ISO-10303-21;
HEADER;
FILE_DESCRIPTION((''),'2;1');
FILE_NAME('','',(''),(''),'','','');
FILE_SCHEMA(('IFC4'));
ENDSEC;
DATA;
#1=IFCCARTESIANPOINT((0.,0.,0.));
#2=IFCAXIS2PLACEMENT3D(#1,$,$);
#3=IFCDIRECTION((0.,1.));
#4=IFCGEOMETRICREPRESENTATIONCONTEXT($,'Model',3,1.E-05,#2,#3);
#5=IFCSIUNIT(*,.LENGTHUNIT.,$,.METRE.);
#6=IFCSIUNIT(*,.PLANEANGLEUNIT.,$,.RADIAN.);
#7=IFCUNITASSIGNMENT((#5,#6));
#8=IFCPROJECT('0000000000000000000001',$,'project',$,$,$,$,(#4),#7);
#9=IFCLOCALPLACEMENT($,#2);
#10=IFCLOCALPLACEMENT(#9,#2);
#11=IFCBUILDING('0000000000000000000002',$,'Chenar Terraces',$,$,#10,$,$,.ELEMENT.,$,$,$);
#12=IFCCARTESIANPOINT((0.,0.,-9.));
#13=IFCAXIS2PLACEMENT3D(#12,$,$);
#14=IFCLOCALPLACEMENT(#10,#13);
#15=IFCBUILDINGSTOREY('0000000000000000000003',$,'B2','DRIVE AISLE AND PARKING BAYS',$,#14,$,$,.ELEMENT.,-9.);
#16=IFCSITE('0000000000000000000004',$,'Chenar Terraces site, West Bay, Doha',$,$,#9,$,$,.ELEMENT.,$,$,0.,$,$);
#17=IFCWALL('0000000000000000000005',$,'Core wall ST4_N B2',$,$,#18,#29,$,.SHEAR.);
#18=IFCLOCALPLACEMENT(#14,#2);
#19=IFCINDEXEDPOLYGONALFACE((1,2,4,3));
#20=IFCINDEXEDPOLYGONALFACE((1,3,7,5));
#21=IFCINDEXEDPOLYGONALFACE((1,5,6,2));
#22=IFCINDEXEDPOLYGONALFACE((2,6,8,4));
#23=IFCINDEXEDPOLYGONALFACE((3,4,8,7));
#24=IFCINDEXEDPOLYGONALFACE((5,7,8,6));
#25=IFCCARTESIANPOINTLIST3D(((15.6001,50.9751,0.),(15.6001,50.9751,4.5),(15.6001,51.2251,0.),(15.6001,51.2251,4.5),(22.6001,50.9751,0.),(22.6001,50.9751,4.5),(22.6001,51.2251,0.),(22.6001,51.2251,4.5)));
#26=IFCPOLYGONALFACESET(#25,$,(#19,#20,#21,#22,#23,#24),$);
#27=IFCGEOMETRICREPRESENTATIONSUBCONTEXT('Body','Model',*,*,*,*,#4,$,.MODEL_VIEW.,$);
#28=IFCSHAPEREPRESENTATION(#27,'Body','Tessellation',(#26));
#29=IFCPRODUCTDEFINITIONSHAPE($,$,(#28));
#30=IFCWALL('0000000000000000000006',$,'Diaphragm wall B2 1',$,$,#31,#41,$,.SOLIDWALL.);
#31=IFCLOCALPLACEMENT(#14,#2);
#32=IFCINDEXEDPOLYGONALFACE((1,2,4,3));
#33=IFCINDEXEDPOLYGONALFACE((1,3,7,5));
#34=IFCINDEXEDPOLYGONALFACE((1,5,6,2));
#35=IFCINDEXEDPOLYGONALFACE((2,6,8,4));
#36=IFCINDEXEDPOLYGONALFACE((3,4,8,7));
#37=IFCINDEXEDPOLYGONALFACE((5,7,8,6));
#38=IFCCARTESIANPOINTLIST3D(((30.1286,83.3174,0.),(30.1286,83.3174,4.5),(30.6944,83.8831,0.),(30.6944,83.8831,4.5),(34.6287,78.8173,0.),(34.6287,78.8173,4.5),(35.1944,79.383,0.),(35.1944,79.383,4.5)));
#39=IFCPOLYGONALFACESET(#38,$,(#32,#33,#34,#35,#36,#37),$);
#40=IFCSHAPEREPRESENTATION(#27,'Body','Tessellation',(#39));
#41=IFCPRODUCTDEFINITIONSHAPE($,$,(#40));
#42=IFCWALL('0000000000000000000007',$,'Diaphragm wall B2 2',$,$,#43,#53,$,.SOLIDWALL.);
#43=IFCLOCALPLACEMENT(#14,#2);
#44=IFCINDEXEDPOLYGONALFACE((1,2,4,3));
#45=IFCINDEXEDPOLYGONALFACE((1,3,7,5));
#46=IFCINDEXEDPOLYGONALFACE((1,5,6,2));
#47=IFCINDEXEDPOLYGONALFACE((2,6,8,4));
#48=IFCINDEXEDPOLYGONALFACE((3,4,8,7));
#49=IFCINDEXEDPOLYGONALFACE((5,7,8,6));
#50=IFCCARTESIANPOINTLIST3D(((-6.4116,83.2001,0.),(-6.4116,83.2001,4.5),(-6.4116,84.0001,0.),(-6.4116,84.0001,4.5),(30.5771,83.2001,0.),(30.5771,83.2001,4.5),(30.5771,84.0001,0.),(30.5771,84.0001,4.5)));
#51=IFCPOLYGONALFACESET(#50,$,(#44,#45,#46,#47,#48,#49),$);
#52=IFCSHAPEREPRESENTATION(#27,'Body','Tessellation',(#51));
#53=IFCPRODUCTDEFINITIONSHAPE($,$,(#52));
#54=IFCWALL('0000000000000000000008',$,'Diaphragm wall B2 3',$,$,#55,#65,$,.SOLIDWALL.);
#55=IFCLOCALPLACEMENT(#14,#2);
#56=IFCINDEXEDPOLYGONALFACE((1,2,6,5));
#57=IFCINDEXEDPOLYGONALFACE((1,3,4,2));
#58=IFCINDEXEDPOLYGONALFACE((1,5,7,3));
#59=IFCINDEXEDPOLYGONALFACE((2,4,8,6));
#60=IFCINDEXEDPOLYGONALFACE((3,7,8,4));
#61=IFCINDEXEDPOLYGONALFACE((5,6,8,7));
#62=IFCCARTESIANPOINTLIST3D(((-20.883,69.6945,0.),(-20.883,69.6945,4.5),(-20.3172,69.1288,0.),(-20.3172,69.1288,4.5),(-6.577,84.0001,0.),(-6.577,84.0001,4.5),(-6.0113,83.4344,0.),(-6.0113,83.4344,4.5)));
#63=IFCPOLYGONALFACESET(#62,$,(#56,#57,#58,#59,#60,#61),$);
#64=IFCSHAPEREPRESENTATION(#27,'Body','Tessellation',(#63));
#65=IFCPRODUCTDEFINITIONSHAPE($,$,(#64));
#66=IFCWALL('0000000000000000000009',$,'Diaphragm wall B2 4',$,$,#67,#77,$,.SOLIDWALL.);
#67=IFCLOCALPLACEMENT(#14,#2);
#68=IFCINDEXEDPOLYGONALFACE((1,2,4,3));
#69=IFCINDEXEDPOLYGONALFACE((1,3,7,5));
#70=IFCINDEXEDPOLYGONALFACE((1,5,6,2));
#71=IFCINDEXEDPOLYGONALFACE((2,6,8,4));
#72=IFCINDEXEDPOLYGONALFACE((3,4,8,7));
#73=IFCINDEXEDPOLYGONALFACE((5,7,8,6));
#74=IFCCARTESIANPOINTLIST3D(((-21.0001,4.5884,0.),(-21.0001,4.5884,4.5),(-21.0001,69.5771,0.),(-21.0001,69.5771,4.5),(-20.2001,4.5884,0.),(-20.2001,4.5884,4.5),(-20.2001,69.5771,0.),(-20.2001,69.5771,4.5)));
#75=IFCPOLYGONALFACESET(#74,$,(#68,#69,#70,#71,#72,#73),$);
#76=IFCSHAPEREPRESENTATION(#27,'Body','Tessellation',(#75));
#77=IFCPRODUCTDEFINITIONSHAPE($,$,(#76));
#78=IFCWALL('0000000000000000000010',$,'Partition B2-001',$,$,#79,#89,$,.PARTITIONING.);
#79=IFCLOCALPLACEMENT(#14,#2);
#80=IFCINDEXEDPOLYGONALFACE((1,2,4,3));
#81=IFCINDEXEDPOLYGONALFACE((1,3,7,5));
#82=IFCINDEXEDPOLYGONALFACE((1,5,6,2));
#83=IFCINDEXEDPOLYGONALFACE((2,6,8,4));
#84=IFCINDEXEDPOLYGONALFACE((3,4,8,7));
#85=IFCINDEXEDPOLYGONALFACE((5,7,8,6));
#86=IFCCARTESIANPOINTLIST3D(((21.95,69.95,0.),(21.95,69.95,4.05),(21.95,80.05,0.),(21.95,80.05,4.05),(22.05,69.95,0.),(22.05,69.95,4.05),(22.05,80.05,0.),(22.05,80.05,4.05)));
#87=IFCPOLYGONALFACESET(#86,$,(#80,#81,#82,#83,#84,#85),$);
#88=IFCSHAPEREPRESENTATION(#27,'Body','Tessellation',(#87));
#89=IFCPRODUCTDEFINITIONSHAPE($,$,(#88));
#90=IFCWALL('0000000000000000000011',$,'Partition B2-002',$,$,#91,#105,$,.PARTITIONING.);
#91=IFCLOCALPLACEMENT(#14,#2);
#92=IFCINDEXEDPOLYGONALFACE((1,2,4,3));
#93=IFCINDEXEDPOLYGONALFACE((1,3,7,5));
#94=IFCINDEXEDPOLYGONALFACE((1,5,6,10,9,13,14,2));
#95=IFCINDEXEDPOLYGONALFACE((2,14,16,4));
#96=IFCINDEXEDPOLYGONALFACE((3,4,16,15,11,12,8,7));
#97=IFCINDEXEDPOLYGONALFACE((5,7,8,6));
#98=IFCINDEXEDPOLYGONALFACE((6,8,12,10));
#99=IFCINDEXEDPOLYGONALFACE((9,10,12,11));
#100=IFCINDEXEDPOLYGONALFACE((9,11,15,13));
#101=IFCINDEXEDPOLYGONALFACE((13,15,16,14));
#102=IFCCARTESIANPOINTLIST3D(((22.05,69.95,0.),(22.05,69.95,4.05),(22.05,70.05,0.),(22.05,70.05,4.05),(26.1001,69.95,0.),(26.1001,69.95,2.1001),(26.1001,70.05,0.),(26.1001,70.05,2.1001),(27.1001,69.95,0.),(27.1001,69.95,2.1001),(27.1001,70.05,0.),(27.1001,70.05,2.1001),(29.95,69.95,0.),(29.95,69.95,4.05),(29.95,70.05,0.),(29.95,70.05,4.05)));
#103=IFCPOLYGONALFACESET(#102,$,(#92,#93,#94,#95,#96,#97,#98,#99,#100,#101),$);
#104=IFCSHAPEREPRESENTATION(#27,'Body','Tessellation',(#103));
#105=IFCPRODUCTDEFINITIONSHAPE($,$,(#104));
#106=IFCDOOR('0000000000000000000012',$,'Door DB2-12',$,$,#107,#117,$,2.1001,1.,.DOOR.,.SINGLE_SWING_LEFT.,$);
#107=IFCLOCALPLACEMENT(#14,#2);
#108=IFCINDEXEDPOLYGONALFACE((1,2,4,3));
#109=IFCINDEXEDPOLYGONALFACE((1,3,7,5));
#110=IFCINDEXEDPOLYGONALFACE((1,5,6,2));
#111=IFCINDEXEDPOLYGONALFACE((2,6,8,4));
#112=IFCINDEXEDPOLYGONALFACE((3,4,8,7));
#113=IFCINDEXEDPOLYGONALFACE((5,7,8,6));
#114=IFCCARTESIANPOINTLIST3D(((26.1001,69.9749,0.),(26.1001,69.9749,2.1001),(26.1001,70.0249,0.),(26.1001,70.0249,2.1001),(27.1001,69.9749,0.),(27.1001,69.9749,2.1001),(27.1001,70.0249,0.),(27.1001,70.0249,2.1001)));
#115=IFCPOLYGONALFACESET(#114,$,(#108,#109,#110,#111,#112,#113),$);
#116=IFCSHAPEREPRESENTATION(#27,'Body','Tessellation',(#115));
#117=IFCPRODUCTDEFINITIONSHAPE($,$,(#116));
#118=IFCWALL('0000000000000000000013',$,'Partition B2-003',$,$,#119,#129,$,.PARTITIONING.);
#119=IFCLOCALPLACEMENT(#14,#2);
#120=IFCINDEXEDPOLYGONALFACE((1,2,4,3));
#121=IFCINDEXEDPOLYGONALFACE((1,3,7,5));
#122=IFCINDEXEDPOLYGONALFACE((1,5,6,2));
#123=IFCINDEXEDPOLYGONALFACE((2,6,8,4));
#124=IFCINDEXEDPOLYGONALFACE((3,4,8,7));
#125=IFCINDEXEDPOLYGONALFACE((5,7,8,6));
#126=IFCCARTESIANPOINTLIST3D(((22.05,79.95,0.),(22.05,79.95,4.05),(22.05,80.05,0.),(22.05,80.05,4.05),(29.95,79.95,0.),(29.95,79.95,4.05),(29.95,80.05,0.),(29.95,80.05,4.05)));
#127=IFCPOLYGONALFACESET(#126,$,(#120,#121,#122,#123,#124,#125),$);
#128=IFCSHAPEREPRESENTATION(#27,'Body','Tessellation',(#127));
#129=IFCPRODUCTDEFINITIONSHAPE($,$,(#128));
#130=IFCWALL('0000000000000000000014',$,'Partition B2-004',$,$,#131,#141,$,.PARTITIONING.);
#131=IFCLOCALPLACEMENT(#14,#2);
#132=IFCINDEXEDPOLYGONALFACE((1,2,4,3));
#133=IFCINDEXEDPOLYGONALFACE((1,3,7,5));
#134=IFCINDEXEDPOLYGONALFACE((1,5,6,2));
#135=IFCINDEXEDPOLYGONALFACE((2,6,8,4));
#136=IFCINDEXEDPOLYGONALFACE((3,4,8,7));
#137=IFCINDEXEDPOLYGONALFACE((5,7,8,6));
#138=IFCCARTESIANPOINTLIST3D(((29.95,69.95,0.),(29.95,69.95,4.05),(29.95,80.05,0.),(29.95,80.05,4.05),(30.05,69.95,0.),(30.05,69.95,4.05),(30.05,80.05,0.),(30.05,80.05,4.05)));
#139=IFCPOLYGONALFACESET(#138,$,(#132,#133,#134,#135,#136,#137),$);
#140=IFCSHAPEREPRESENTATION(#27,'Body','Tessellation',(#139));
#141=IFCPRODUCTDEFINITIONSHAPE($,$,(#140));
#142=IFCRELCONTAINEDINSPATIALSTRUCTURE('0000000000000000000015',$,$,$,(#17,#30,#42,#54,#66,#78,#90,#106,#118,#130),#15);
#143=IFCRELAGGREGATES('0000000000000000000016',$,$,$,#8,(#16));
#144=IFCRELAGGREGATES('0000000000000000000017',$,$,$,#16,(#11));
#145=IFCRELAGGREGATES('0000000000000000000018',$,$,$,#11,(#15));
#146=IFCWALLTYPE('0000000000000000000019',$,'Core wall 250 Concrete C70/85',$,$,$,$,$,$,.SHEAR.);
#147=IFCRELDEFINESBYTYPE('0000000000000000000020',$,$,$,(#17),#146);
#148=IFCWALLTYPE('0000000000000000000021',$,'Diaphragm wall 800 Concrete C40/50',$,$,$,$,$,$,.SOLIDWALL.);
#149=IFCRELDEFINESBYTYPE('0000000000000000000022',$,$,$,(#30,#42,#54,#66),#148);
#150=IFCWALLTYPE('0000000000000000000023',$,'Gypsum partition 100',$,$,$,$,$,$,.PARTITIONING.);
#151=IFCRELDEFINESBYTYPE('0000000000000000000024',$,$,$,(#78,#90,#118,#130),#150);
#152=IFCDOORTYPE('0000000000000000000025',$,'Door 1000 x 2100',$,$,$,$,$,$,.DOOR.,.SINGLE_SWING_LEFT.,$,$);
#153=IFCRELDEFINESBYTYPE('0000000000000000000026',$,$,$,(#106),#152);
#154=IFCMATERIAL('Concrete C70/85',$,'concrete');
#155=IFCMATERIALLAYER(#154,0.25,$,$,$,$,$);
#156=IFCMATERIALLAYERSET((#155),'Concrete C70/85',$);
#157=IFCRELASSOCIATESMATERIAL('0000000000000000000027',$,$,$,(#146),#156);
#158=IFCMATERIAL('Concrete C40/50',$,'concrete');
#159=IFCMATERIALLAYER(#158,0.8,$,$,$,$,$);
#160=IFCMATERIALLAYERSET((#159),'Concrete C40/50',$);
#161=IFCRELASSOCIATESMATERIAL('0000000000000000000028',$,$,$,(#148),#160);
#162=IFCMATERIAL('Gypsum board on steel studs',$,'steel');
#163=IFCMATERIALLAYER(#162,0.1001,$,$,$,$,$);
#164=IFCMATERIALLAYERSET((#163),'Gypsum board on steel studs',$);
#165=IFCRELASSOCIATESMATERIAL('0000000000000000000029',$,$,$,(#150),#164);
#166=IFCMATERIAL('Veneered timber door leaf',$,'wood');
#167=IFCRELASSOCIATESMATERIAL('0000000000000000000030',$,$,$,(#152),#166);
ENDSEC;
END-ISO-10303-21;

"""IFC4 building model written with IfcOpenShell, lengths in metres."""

from ifc_helpers import new_model, si_unit, direction, frame, frame_2d, origin, place, context, subcontext, project, spatial, rectangle, extrude, material, layer, layer_set, type_object, element, fill, save


model = new_model("IFC4")

# Units and contexts
model_context = context("Model", 3, precision=1e-05, world=origin(), true_north=direction((0.0, 1.0)))
body_context = subcontext(model_context, "Body", "Model", "MODEL_VIEW")
ifc_project = project(units=[si_unit("LENGTHUNIT", "METRE"), si_unit("PLANEANGLEUNIT", "RADIAN")], contexts=[model_context])

# Site, building, storey
site_placement = place(None, origin())
site = spatial("IfcSite", under=ifc_project, at=site_placement, Name="Chenar Terraces site, West Bay, Doha", CompositionType="ELEMENT", RefElevation=0.0)
building_placement = place(site_placement, origin())
building = spatial("IfcBuilding", under=site, at=building_placement, Name="Chenar Terraces", CompositionType="ELEMENT")
storey_placement = place(building_placement, frame((0.0, 0.0, -9.0)))
storey = spatial("IfcBuildingStorey", under=building, at=storey_placement, Name="B2", Description="DRIVE AISLE AND PARKING BAYS", CompositionType="ELEMENT", Elevation=-9.0)

# Walls
ifc_material_1 = material(Name="Concrete C70/85", Category="concrete")
ifc_layer_1 = layer(ifc_material_1, 0.25)
ifc_layer_set_1 = layer_set([ifc_layer_1], Name="Concrete C70/85")
wall_type_1 = type_object("IfcWallType", Name="Core wall 250 Concrete C70/85", PredefinedType="SHEAR", material=ifc_layer_set_1)
wall_1_placement = place(storey_placement, frame((15.6001, 51.1001, 0.0), z_axis=(0.0, 0.0, 1.0), x_axis=(1.0, 0.0, 0.0)))
element("IfcWall", 1, at=wall_1_placement, inside=storey, type_object=wall_type_1, Name="Core wall ST4_N B2", PredefinedType="SHEAR", context=body_context, shape_type="SweptSolid", body=[
    extrude(rectangle(XDim=7.0, YDim=0.25, at=frame_2d((3.5, 0.0))), origin(), (0.0, 0.0, 1.0), 4.5),
])
ifc_material_2 = material(Name="Concrete C40/50", Category="concrete")
ifc_layer_2 = layer(ifc_material_2, 0.8)
ifc_layer_set_2 = layer_set([ifc_layer_2], Name="Concrete C40/50")
wall_type_2 = type_object("IfcWallType", Name="Diaphragm wall 800 Concrete C40/50", PredefinedType="SOLIDWALL", material=ifc_layer_set_2)
wall_2_placement = place(storey_placement, frame((34.9116, 79.1001, 0.0), z_axis=(0.0, 0.0, 1.0), x_axis=(-0.707107, 0.707107, 0.0)))
element("IfcWall", 2, at=wall_2_placement, inside=storey, type_object=wall_type_2, Name="Diaphragm wall B2 1", PredefinedType="SOLIDWALL", context=body_context, shape_type="SweptSolid", body=[
    extrude(rectangle(XDim=6.364, YDim=0.8, at=frame_2d((3.1821, 0.0))), origin(), (0.0, 0.0, 1.0), 4.5),
])
wall_3_placement = place(storey_placement, frame((30.5771, 83.6001, 0.0), z_axis=(0.0, 0.0, 1.0), x_axis=(-1.0, 0.0, 0.0)))
element("IfcWall", 3, at=wall_3_placement, inside=storey, type_object=wall_type_2, Name="Diaphragm wall B2 2", PredefinedType="SOLIDWALL", context=body_context, shape_type="SweptSolid", body=[
    extrude(rectangle(XDim=36.9888, YDim=0.8, at=frame_2d((18.4944, 0.0))), origin(), (0.0, 0.0, 1.0), 4.5),
])
wall_4_placement = place(storey_placement, frame((-6.2942, 83.7173, 0.0), z_axis=(0.0, 0.0, 1.0), x_axis=(-0.707113, -0.707101, 0.0)))
element("IfcWall", 4, at=wall_4_placement, inside=storey, type_object=wall_type_2, Name="Diaphragm wall B2 3", PredefinedType="SOLIDWALL", context=body_context, shape_type="SweptSolid", body=[
    extrude(rectangle(XDim=20.2314, YDim=0.8, at=frame_2d((10.1157, 0.0))), origin(), (0.0, 0.0, 1.0), 4.5),
])
wall_5_placement = place(storey_placement, frame((-20.6001, 69.5771, 0.0), z_axis=(0.0, 0.0, 1.0), x_axis=(0.0, -1.0, 0.0)))
element("IfcWall", 5, at=wall_5_placement, inside=storey, type_object=wall_type_2, Name="Diaphragm wall B2 4", PredefinedType="SOLIDWALL", context=body_context, shape_type="SweptSolid", body=[
    extrude(rectangle(XDim=64.9888, YDim=0.8, at=frame_2d((32.4944, 0.0))), origin(), (0.0, 0.0, 1.0), 4.5),
])
ifc_material_3 = material(Name="Gypsum board on steel studs", Category="steel")
ifc_layer_3 = layer(ifc_material_3, 0.1001)
ifc_layer_set_3 = layer_set([ifc_layer_3], Name="Gypsum board on steel studs")
wall_type_3 = type_object("IfcWallType", Name="Gypsum partition 100", PredefinedType="PARTITIONING", material=ifc_layer_set_3)
wall_6_placement = place(storey_placement, frame((22.0, 69.95, 0.0), z_axis=(0.0, 0.0, 1.0), x_axis=(0.0, 1.0, 0.0)))
element("IfcWall", 6, at=wall_6_placement, inside=storey, type_object=wall_type_3, Name="Partition B2-001", PredefinedType="PARTITIONING", context=body_context, shape_type="SweptSolid", body=[
    extrude(rectangle(XDim=10.1001, YDim=0.1001, at=frame_2d((5.05, 0.0))), origin(), (0.0, 0.0, 1.0), 4.05),
])

# Wall, opening, door
wall_7_placement = place(storey_placement, frame((22.05, 70.0, 0.0), z_axis=(0.0, 0.0, 1.0), x_axis=(1.0, 0.0, 0.0)))
wall_7 = element("IfcWall", 7, at=wall_7_placement, inside=storey, type_object=wall_type_3, Name="Partition B2-002", PredefinedType="PARTITIONING", context=body_context, shape_type="SweptSolid", body=[
    extrude(rectangle(XDim=7.8999, YDim=0.1001, at=frame_2d((3.95, 0.0))), origin(), (0.0, 0.0, 1.0), 4.05),
])
opening_placement = place(wall_7_placement, frame((4.05, 0.0, 0.0)))
opening = element("IfcOpeningElement", 8, at=opening_placement, cuts=wall_7, PredefinedType="OPENING", context=body_context, shape_type="SweptSolid", body=[
    extrude(rectangle(XDim=1.0, YDim=2.1001, at=frame_2d((0.5, 1.05))), frame((0.0, 0.0601, 0.0), z_axis=(0.0, -1.0, 0.0), x_axis=(1.0, 0.0, 0.0)), (0.0, 0.0, 1.0), 0.1201),
])
ifc_material_4 = material(Name="Veneered timber door leaf", Category="wood")
door_type = type_object("IfcDoorType", Name="Door 1000 x 2100", OperationType="SINGLE_SWING_LEFT", PredefinedType="DOOR", material=ifc_material_4)
door_placement = place(opening_placement, origin())
door = element("IfcDoor", 9, at=door_placement, inside=storey, type_object=door_type, Name="Door DB2-12", OperationType="SINGLE_SWING_LEFT", OverallHeight=2.1001, OverallWidth=1.0, PredefinedType="DOOR", context=body_context, shape_type="SweptSolid", body=[
    extrude(rectangle(XDim=1.0, YDim=2.1001, at=frame_2d((0.5, 1.05))), frame((0.0, 0.0249, 0.0), z_axis=(0.0, -1.0, 0.0), x_axis=(1.0, 0.0, 0.0)), (0.0, 0.0, 1.0), 0.05),
])
fill(opening, door)

# Walls
wall_8_placement = place(storey_placement, frame((22.05, 80.0, 0.0), z_axis=(0.0, 0.0, 1.0), x_axis=(1.0, 0.0, 0.0)))
element("IfcWall", 10, at=wall_8_placement, inside=storey, type_object=wall_type_3, Name="Partition B2-003", PredefinedType="PARTITIONING", context=body_context, shape_type="SweptSolid", body=[
    extrude(rectangle(XDim=7.8999, YDim=0.1001, at=frame_2d((3.95, 0.0))), origin(), (0.0, 0.0, 1.0), 4.05),
])
wall_9_placement = place(storey_placement, frame((30.0, 69.95, 0.0), z_axis=(0.0, 0.0, 1.0), x_axis=(0.0, 1.0, 0.0)))
element("IfcWall", 11, at=wall_9_placement, inside=storey, type_object=wall_type_3, Name="Partition B2-004", PredefinedType="PARTITIONING", context=body_context, shape_type="SweptSolid", body=[
    extrude(rectangle(XDim=10.1001, YDim=0.1001, at=frame_2d((5.05, 0.0))), origin(), (0.0, 0.0, 1.0), 4.05),
])

save(model, "model.ifc")
